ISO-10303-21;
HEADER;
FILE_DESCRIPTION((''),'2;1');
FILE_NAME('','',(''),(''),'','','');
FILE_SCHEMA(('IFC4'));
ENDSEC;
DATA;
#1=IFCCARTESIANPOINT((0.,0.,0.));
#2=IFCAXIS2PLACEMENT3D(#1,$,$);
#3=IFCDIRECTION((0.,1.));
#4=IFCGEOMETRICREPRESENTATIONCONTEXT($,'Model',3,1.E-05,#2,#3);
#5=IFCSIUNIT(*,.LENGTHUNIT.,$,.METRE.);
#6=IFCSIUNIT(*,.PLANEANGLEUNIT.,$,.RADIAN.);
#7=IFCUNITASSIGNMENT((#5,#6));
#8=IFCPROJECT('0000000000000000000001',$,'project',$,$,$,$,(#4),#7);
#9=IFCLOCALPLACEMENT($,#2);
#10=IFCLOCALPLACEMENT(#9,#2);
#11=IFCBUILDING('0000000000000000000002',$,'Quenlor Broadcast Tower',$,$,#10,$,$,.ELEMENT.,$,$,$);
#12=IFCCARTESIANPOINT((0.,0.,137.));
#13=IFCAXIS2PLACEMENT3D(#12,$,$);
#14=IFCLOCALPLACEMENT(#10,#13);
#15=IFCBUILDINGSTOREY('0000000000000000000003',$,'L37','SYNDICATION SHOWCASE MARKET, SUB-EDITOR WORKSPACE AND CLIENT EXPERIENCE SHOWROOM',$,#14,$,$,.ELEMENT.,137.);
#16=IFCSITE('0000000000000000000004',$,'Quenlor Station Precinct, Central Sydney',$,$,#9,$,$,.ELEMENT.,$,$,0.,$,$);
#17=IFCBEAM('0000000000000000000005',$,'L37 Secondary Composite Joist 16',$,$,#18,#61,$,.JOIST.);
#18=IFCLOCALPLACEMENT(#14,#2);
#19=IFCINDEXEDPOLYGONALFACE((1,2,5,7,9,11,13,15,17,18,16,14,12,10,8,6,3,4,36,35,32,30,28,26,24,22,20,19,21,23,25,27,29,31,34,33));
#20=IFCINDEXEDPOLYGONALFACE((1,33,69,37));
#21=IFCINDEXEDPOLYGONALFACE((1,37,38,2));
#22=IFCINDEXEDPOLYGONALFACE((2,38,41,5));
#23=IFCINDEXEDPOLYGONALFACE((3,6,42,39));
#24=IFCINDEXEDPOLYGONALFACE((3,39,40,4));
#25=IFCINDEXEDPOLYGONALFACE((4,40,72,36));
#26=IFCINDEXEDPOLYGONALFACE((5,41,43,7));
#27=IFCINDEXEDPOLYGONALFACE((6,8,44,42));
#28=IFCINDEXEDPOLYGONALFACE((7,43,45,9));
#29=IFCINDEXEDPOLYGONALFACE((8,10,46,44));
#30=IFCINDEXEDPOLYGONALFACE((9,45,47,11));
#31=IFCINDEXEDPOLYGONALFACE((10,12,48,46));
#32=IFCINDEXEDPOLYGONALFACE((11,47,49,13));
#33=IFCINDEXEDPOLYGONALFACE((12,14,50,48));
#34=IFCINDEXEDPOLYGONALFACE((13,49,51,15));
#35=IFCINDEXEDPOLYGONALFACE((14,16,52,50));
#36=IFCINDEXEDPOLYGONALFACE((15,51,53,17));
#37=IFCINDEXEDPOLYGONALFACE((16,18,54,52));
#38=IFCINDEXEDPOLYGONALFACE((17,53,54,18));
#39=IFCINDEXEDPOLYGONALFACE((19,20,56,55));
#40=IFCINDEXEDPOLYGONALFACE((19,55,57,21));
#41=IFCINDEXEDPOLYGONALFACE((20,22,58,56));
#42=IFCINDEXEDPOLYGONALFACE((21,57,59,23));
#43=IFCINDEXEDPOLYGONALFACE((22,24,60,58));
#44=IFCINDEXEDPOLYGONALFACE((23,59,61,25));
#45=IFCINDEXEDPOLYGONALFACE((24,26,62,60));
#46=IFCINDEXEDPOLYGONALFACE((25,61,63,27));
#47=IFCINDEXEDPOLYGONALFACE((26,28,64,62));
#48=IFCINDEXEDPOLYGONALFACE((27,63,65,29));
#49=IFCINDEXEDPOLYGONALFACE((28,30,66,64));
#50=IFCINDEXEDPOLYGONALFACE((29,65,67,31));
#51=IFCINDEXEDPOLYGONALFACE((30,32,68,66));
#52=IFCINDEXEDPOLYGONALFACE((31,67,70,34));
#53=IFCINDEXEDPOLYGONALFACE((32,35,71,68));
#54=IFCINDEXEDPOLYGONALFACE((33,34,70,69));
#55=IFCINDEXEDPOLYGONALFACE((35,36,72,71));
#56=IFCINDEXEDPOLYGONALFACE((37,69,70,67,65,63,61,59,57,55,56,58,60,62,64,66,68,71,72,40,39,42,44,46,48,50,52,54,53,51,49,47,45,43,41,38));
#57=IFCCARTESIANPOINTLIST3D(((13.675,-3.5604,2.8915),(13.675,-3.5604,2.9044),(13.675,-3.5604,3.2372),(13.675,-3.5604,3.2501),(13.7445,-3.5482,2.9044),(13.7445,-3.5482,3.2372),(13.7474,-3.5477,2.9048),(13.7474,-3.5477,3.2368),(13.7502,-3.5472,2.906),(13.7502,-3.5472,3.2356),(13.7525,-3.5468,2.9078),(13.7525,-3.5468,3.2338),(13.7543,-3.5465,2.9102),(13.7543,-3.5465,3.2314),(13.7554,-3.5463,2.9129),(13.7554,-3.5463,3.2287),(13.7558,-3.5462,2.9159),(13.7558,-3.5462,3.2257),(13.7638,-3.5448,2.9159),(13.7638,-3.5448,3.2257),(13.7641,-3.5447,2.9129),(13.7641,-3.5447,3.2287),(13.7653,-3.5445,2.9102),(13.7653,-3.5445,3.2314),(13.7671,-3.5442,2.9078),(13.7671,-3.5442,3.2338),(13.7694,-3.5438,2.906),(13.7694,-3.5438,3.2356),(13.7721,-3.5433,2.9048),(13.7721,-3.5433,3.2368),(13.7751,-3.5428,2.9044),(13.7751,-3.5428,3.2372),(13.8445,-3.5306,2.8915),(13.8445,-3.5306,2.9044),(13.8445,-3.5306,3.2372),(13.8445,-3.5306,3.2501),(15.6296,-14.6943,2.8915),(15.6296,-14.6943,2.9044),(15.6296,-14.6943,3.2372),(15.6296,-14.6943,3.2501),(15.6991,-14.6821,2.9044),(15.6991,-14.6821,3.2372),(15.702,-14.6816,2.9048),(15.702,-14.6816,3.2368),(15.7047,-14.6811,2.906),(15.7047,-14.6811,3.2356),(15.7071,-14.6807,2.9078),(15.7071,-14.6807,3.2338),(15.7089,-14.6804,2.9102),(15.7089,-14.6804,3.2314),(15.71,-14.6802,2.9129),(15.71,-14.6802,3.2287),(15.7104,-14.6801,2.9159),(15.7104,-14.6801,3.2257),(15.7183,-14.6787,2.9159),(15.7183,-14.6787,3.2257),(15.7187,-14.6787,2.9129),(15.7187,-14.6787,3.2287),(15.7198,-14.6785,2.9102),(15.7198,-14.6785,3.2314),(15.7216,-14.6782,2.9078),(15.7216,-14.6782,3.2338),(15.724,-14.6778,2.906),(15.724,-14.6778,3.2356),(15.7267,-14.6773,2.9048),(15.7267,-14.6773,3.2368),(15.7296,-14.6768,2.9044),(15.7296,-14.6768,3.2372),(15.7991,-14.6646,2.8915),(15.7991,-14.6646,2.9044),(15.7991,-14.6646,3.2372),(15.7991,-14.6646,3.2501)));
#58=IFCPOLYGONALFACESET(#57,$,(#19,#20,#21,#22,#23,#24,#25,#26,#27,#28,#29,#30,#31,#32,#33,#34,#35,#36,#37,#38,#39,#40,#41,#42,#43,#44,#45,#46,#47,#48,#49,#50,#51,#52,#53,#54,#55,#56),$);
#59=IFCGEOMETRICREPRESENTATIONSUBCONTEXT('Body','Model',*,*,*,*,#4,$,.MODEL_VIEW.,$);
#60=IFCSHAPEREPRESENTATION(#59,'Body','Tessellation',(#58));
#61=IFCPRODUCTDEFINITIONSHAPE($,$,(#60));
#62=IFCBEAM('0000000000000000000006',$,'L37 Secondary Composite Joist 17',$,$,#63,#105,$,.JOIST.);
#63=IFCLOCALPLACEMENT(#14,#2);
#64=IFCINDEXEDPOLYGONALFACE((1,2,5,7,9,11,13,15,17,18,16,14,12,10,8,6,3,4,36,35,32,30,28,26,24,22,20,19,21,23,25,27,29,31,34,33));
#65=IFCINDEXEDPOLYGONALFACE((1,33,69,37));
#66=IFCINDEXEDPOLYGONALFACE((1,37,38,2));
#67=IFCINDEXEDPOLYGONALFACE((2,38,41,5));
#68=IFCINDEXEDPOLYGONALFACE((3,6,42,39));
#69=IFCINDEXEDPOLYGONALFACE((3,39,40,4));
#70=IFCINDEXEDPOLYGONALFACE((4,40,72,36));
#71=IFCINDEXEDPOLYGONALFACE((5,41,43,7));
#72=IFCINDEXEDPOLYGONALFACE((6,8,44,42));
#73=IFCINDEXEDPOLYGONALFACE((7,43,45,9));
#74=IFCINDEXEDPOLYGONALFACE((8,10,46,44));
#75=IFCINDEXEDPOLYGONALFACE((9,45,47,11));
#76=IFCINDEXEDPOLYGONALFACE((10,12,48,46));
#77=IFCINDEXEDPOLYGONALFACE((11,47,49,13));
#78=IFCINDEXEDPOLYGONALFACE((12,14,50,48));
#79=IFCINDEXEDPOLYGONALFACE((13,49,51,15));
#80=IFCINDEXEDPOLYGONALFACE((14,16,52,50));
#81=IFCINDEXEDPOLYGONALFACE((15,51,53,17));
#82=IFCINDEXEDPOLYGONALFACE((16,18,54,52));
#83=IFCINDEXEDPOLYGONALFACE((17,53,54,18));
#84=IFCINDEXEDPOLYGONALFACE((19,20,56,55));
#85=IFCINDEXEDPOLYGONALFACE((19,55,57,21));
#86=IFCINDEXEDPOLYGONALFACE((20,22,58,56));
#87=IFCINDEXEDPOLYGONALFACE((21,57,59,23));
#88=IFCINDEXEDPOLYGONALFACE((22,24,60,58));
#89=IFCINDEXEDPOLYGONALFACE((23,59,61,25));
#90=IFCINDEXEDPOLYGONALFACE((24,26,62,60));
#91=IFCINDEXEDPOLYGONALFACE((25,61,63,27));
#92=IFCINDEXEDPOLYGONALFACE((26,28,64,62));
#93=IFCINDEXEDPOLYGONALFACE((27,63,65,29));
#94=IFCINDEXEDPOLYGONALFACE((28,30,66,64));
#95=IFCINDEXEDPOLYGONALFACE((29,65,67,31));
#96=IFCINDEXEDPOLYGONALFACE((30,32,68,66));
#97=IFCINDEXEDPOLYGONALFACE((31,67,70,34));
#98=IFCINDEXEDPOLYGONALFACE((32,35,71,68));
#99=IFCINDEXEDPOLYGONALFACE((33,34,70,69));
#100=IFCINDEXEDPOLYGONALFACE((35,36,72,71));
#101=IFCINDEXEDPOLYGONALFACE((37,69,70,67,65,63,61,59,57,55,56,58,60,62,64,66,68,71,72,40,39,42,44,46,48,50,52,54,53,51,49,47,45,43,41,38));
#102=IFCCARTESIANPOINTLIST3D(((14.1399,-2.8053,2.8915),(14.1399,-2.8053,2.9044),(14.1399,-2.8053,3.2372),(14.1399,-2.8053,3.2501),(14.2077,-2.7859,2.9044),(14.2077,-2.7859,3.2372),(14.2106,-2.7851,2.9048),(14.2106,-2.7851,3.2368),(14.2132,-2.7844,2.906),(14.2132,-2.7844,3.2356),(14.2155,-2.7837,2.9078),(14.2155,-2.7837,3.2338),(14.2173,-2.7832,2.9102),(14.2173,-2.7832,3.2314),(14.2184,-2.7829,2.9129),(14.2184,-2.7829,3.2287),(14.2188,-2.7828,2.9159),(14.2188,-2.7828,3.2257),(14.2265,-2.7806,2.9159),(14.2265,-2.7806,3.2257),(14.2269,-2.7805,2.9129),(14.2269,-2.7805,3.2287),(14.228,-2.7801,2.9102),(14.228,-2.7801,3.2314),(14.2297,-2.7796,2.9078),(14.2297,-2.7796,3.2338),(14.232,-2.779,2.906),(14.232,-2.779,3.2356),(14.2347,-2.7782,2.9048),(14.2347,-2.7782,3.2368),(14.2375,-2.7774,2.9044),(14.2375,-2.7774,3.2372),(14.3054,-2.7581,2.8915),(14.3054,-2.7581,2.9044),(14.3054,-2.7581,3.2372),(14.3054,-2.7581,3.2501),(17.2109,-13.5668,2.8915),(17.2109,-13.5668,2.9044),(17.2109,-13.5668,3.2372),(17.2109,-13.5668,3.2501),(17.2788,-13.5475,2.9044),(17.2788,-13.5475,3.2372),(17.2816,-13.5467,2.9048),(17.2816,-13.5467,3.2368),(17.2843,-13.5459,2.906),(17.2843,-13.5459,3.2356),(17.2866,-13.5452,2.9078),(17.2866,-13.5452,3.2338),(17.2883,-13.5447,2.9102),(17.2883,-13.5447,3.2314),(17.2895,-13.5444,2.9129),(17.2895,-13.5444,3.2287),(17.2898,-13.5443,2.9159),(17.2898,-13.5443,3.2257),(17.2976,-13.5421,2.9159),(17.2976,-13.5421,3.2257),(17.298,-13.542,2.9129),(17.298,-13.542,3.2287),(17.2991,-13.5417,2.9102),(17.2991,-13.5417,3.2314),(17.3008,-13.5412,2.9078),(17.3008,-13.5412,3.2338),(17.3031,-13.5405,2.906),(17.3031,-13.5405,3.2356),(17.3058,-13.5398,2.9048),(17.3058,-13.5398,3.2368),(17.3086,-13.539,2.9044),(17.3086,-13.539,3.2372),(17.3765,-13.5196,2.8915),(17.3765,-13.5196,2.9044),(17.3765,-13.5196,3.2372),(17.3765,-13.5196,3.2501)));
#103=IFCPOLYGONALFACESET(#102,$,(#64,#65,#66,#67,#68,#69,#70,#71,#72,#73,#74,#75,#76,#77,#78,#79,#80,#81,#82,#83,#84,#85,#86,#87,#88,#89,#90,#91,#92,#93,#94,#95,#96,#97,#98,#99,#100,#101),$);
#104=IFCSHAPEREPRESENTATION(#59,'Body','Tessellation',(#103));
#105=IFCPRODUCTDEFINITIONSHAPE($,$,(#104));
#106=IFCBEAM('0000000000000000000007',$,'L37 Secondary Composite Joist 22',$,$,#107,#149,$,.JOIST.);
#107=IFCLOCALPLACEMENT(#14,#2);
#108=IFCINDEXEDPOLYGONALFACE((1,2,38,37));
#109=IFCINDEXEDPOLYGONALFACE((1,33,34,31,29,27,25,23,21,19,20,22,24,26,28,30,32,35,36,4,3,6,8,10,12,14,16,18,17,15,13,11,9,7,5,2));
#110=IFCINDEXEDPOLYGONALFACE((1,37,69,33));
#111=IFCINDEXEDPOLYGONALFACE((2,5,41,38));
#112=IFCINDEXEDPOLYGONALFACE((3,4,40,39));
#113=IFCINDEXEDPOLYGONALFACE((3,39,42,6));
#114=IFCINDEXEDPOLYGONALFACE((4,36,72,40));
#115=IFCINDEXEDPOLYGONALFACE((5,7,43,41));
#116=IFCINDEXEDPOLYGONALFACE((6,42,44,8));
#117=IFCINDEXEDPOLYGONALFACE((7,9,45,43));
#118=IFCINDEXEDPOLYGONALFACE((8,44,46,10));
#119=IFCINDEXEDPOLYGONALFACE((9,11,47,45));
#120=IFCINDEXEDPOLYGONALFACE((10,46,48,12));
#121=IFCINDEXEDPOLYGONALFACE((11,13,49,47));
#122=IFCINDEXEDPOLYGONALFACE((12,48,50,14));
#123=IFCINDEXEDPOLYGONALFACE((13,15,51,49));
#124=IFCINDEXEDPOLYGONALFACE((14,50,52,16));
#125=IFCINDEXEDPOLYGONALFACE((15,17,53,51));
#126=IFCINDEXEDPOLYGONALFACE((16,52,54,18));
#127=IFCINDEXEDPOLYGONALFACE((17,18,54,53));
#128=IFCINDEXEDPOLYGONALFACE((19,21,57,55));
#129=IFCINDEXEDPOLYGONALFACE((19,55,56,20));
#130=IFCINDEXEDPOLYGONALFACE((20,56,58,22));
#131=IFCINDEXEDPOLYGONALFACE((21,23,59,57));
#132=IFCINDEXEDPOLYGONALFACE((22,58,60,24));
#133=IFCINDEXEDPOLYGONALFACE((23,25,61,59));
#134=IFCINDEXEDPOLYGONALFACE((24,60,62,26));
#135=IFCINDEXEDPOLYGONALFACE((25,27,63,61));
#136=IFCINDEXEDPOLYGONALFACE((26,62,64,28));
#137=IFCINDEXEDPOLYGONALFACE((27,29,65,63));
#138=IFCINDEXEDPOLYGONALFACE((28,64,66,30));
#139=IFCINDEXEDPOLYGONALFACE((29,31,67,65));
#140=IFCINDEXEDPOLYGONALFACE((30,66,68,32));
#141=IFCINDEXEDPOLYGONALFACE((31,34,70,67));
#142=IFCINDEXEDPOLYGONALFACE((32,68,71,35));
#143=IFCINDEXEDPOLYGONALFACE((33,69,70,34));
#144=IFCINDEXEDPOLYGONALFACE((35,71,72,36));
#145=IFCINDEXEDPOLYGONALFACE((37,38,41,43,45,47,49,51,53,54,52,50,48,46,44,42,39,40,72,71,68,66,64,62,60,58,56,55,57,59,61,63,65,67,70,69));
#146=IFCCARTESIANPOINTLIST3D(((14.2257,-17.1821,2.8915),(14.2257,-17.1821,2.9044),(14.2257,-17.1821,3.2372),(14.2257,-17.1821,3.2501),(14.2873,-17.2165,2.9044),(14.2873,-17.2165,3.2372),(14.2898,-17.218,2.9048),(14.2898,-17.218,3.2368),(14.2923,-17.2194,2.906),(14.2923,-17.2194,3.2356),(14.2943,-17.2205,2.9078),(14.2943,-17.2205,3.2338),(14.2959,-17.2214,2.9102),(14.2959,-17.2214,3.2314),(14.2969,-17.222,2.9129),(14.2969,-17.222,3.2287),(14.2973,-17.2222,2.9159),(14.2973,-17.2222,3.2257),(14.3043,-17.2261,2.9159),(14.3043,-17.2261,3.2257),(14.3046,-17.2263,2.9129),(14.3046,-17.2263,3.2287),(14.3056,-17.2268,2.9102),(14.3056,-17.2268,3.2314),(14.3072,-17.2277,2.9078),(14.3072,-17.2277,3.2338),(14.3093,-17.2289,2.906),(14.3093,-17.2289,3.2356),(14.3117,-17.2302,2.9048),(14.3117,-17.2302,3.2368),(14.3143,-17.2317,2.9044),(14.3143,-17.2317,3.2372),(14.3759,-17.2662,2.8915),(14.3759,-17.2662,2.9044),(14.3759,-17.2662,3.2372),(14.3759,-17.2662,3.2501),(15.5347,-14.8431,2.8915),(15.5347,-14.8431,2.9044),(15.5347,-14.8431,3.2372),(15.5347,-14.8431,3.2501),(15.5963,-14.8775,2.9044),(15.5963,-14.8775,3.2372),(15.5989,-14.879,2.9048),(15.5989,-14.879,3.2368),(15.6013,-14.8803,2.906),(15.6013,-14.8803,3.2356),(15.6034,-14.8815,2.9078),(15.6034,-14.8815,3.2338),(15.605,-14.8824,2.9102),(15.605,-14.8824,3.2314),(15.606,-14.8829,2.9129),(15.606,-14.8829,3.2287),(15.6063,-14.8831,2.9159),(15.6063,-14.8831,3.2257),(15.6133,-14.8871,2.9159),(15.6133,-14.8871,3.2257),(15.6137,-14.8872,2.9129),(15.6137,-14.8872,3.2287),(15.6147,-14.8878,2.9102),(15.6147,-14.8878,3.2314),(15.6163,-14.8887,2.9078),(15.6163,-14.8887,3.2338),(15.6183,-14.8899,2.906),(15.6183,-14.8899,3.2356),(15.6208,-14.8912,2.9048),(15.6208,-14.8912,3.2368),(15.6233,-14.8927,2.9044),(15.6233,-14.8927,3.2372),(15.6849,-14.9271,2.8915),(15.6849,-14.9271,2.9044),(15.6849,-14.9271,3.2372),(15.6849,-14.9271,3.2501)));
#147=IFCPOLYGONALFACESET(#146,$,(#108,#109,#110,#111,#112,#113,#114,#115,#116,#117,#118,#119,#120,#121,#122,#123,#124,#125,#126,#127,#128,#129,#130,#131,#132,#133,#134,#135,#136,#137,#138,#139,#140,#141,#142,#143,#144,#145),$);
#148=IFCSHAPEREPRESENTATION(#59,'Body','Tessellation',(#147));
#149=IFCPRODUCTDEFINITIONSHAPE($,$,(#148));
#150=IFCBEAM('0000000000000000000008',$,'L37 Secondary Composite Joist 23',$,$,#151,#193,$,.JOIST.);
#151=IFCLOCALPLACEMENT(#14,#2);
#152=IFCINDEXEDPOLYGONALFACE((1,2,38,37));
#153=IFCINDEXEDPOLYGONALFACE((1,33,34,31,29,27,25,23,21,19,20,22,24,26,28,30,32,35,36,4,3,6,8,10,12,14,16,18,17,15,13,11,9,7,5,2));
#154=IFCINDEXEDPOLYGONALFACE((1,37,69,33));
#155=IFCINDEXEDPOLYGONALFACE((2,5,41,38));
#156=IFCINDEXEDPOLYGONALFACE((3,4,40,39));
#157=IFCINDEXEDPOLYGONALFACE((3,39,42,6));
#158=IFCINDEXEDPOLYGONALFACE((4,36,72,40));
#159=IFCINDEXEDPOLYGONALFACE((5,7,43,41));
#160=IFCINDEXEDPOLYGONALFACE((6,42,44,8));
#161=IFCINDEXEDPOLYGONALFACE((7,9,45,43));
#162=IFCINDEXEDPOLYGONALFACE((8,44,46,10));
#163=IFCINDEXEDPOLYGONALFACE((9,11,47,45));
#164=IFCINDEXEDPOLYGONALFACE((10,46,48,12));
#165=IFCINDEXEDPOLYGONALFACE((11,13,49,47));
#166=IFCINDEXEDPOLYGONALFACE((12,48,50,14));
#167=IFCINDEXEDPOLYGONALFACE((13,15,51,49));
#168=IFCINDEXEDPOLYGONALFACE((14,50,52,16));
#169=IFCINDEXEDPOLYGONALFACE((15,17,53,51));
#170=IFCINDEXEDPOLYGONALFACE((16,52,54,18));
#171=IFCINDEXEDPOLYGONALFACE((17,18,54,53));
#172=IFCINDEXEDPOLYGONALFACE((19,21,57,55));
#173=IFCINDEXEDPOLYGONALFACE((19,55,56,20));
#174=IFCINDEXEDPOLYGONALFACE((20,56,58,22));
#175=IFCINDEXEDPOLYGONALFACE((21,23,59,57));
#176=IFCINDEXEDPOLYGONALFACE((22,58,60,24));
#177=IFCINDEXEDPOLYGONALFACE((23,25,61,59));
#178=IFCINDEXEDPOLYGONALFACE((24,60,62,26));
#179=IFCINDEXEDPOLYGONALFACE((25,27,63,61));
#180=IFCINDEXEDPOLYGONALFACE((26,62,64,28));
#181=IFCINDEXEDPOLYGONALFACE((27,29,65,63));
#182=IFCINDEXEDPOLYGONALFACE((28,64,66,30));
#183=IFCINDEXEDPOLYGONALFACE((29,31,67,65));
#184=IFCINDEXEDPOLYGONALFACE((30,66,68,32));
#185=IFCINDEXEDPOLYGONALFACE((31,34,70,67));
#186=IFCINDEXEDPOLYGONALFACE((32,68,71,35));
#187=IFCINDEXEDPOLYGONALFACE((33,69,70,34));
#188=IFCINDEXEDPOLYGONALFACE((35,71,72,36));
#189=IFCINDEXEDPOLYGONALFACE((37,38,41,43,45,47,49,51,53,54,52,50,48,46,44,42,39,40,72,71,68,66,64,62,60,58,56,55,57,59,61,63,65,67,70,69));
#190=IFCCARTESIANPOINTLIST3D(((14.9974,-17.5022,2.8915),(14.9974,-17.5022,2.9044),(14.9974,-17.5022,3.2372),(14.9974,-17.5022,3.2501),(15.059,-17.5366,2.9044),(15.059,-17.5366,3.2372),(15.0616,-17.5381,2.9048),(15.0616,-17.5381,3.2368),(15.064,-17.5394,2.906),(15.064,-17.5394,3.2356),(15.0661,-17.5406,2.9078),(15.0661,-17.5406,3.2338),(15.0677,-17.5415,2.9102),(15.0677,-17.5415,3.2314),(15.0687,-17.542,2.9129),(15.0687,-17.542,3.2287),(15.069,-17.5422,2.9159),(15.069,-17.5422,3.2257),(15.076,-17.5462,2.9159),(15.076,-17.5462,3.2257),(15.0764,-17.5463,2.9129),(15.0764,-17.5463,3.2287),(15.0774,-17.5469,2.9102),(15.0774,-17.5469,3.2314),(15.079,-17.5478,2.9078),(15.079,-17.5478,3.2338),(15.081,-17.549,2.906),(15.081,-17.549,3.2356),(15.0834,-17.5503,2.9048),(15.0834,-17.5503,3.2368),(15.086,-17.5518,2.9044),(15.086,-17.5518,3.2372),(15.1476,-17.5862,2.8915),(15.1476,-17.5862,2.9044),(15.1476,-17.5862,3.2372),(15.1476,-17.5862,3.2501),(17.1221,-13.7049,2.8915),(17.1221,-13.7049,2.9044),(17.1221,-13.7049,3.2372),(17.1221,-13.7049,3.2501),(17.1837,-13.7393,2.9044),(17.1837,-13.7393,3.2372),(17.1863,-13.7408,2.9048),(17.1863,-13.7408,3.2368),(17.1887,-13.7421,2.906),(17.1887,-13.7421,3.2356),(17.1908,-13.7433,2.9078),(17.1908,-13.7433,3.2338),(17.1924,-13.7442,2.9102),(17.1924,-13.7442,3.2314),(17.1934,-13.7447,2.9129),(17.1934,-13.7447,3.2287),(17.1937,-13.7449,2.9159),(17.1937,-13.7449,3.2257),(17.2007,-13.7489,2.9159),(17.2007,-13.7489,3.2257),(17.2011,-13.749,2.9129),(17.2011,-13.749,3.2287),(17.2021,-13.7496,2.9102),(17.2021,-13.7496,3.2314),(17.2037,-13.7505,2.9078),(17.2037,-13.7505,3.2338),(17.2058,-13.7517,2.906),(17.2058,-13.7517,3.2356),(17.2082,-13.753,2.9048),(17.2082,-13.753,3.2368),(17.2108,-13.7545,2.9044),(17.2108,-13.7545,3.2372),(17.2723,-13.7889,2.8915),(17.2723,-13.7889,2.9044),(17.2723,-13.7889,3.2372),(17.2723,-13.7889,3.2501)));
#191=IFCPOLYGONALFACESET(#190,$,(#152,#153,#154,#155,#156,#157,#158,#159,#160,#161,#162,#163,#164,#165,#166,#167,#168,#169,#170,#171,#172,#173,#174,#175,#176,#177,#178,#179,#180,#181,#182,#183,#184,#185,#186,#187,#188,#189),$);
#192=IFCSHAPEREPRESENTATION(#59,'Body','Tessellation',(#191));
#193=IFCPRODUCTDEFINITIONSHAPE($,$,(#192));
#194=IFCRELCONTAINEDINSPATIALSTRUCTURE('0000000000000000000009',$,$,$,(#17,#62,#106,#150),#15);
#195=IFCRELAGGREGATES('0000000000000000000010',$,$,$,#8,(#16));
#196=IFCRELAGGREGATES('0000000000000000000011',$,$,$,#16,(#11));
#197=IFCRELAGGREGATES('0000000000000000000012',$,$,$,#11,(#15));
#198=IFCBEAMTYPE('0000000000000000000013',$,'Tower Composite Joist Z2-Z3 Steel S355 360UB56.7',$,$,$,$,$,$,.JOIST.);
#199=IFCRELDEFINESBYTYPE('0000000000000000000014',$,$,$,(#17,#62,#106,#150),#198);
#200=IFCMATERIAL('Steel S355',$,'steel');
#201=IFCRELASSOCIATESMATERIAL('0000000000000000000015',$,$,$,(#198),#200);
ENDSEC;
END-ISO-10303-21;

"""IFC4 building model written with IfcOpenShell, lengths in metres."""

from ifc_helpers import new_model, si_unit, direction, frame, origin, origin_2d, place, context, subcontext, project, spatial, i_section, extrude, material, material_profile, profile_set, type_object, element, save


model = new_model("IFC4")

# Units and contexts
model_context = context("Model", 3, precision=1e-05, world=origin(), true_north=direction((0.0, 1.0)))
body_context = subcontext(model_context, "Body", "Model", "MODEL_VIEW")
ifc_project = project(units=[si_unit("LENGTHUNIT", "METRE"), si_unit("PLANEANGLEUNIT", "RADIAN")], contexts=[model_context])

# Site, building, storey
site_placement = place(None, origin())
site = spatial("IfcSite", under=ifc_project, at=site_placement, Name="Quenlor Station Precinct, Central Sydney", CompositionType="ELEMENT", RefElevation=0.0)
building_placement = place(site_placement, origin())
building = spatial("IfcBuilding", under=site, at=building_placement, Name="Quenlor Broadcast Tower", CompositionType="ELEMENT")
storey_placement = place(building_placement, frame((0.0, 0.0, 137.0)))
storey = spatial("IfcBuildingStorey", under=building, at=storey_placement, Name="L37", Description="SYNDICATION SHOWCASE MARKET, SUB-EDITOR WORKSPACE AND CLIENT EXPERIENCE SHOWROOM", CompositionType="ELEMENT", Elevation=137.0)

# Beams
ifc_material_1 = material(Name="Steel S355", Category="steel")
ifc_material_profile_1 = material_profile(ifc_material_1, i_section(OverallWidth=0.1721, OverallDepth=0.3586, WebThickness=0.0081, FlangeThickness=0.0129, FilletRadius=0.0115, at=origin_2d()))
ifc_profile_set_1 = profile_set([ifc_material_profile_1], Name="Steel S355 360UB56.7")
beam_type_1 = type_object("IfcBeamType", Name="Tower Composite Joist Z2-Z3 Steel S355 360UB56.7", PredefinedType="JOIST", material=ifc_profile_set_1)
beam_1_placement = place(storey_placement, frame((15.7144, -14.6794, 3.0708), z_axis=(-0.172907, 0.984938, 0.0), x_axis=(-0.984938, -0.172907, 0.0)))
element("IfcBeam", 1, at=beam_1_placement, inside=storey, type_object=beam_type_1, Name="L37 Secondary Composite Joist 16", PredefinedType="JOIST", context=body_context, shape_type="SweptSolid", body=[
    extrude(i_section(OverallWidth=0.1721, OverallDepth=0.3586, WebThickness=0.0081, FlangeThickness=0.0129, FilletRadius=0.0115, at=origin_2d()), origin(), (0.0, 0.0, 1.0), 11.3042),
])
beam_2_placement = place(storey_placement, frame((17.2937, -13.5432, 3.0708), z_axis=(-0.274419, 0.96161, 0.0), x_axis=(-0.96161, -0.274419, 0.0)))
element("IfcBeam", 2, at=beam_2_placement, inside=storey, type_object=beam_type_1, Name="L37 Secondary Composite Joist 17", PredefinedType="JOIST", context=body_context, shape_type="SweptSolid", body=[
    extrude(i_section(OverallWidth=0.1721, OverallDepth=0.3586, WebThickness=0.0081, FlangeThickness=0.0129, FilletRadius=0.0115, at=origin_2d()), origin(), (0.0, 0.0, 1.0), 11.1912),
])
beam_3_placement = place(storey_placement, frame((14.3008, -17.2241, 3.0708), z_axis=(0.48837, 0.872636, 0.0), x_axis=(-0.872636, 0.48837, 0.0)))
element("IfcBeam", 3, at=beam_3_placement, inside=storey, type_object=beam_type_1, Name="L37 Secondary Composite Joist 22", PredefinedType="JOIST", context=body_context, shape_type="SweptSolid", body=[
    extrude(i_section(OverallWidth=0.1721, OverallDepth=0.3586, WebThickness=0.0081, FlangeThickness=0.0129, FilletRadius=0.0115, at=origin_2d()), origin(), (0.0, 0.0, 1.0), 2.6804),
])
beam_4_placement = place(storey_placement, frame((15.0725, -17.5442, 3.0708), z_axis=(0.488294, 0.872679, 0.0), x_axis=(-0.872679, 0.488294, 0.0)))
element("IfcBeam", 4, at=beam_4_placement, inside=storey, type_object=beam_type_1, Name="L37 Secondary Composite Joist 23", PredefinedType="JOIST", context=body_context, shape_type="SweptSolid", body=[
    extrude(i_section(OverallWidth=0.1721, OverallDepth=0.3586, WebThickness=0.0081, FlangeThickness=0.0129, FilletRadius=0.0115, at=origin_2d()), origin(), (0.0, 0.0, 1.0), 4.3513),
])

save(model, "model.ifc")
